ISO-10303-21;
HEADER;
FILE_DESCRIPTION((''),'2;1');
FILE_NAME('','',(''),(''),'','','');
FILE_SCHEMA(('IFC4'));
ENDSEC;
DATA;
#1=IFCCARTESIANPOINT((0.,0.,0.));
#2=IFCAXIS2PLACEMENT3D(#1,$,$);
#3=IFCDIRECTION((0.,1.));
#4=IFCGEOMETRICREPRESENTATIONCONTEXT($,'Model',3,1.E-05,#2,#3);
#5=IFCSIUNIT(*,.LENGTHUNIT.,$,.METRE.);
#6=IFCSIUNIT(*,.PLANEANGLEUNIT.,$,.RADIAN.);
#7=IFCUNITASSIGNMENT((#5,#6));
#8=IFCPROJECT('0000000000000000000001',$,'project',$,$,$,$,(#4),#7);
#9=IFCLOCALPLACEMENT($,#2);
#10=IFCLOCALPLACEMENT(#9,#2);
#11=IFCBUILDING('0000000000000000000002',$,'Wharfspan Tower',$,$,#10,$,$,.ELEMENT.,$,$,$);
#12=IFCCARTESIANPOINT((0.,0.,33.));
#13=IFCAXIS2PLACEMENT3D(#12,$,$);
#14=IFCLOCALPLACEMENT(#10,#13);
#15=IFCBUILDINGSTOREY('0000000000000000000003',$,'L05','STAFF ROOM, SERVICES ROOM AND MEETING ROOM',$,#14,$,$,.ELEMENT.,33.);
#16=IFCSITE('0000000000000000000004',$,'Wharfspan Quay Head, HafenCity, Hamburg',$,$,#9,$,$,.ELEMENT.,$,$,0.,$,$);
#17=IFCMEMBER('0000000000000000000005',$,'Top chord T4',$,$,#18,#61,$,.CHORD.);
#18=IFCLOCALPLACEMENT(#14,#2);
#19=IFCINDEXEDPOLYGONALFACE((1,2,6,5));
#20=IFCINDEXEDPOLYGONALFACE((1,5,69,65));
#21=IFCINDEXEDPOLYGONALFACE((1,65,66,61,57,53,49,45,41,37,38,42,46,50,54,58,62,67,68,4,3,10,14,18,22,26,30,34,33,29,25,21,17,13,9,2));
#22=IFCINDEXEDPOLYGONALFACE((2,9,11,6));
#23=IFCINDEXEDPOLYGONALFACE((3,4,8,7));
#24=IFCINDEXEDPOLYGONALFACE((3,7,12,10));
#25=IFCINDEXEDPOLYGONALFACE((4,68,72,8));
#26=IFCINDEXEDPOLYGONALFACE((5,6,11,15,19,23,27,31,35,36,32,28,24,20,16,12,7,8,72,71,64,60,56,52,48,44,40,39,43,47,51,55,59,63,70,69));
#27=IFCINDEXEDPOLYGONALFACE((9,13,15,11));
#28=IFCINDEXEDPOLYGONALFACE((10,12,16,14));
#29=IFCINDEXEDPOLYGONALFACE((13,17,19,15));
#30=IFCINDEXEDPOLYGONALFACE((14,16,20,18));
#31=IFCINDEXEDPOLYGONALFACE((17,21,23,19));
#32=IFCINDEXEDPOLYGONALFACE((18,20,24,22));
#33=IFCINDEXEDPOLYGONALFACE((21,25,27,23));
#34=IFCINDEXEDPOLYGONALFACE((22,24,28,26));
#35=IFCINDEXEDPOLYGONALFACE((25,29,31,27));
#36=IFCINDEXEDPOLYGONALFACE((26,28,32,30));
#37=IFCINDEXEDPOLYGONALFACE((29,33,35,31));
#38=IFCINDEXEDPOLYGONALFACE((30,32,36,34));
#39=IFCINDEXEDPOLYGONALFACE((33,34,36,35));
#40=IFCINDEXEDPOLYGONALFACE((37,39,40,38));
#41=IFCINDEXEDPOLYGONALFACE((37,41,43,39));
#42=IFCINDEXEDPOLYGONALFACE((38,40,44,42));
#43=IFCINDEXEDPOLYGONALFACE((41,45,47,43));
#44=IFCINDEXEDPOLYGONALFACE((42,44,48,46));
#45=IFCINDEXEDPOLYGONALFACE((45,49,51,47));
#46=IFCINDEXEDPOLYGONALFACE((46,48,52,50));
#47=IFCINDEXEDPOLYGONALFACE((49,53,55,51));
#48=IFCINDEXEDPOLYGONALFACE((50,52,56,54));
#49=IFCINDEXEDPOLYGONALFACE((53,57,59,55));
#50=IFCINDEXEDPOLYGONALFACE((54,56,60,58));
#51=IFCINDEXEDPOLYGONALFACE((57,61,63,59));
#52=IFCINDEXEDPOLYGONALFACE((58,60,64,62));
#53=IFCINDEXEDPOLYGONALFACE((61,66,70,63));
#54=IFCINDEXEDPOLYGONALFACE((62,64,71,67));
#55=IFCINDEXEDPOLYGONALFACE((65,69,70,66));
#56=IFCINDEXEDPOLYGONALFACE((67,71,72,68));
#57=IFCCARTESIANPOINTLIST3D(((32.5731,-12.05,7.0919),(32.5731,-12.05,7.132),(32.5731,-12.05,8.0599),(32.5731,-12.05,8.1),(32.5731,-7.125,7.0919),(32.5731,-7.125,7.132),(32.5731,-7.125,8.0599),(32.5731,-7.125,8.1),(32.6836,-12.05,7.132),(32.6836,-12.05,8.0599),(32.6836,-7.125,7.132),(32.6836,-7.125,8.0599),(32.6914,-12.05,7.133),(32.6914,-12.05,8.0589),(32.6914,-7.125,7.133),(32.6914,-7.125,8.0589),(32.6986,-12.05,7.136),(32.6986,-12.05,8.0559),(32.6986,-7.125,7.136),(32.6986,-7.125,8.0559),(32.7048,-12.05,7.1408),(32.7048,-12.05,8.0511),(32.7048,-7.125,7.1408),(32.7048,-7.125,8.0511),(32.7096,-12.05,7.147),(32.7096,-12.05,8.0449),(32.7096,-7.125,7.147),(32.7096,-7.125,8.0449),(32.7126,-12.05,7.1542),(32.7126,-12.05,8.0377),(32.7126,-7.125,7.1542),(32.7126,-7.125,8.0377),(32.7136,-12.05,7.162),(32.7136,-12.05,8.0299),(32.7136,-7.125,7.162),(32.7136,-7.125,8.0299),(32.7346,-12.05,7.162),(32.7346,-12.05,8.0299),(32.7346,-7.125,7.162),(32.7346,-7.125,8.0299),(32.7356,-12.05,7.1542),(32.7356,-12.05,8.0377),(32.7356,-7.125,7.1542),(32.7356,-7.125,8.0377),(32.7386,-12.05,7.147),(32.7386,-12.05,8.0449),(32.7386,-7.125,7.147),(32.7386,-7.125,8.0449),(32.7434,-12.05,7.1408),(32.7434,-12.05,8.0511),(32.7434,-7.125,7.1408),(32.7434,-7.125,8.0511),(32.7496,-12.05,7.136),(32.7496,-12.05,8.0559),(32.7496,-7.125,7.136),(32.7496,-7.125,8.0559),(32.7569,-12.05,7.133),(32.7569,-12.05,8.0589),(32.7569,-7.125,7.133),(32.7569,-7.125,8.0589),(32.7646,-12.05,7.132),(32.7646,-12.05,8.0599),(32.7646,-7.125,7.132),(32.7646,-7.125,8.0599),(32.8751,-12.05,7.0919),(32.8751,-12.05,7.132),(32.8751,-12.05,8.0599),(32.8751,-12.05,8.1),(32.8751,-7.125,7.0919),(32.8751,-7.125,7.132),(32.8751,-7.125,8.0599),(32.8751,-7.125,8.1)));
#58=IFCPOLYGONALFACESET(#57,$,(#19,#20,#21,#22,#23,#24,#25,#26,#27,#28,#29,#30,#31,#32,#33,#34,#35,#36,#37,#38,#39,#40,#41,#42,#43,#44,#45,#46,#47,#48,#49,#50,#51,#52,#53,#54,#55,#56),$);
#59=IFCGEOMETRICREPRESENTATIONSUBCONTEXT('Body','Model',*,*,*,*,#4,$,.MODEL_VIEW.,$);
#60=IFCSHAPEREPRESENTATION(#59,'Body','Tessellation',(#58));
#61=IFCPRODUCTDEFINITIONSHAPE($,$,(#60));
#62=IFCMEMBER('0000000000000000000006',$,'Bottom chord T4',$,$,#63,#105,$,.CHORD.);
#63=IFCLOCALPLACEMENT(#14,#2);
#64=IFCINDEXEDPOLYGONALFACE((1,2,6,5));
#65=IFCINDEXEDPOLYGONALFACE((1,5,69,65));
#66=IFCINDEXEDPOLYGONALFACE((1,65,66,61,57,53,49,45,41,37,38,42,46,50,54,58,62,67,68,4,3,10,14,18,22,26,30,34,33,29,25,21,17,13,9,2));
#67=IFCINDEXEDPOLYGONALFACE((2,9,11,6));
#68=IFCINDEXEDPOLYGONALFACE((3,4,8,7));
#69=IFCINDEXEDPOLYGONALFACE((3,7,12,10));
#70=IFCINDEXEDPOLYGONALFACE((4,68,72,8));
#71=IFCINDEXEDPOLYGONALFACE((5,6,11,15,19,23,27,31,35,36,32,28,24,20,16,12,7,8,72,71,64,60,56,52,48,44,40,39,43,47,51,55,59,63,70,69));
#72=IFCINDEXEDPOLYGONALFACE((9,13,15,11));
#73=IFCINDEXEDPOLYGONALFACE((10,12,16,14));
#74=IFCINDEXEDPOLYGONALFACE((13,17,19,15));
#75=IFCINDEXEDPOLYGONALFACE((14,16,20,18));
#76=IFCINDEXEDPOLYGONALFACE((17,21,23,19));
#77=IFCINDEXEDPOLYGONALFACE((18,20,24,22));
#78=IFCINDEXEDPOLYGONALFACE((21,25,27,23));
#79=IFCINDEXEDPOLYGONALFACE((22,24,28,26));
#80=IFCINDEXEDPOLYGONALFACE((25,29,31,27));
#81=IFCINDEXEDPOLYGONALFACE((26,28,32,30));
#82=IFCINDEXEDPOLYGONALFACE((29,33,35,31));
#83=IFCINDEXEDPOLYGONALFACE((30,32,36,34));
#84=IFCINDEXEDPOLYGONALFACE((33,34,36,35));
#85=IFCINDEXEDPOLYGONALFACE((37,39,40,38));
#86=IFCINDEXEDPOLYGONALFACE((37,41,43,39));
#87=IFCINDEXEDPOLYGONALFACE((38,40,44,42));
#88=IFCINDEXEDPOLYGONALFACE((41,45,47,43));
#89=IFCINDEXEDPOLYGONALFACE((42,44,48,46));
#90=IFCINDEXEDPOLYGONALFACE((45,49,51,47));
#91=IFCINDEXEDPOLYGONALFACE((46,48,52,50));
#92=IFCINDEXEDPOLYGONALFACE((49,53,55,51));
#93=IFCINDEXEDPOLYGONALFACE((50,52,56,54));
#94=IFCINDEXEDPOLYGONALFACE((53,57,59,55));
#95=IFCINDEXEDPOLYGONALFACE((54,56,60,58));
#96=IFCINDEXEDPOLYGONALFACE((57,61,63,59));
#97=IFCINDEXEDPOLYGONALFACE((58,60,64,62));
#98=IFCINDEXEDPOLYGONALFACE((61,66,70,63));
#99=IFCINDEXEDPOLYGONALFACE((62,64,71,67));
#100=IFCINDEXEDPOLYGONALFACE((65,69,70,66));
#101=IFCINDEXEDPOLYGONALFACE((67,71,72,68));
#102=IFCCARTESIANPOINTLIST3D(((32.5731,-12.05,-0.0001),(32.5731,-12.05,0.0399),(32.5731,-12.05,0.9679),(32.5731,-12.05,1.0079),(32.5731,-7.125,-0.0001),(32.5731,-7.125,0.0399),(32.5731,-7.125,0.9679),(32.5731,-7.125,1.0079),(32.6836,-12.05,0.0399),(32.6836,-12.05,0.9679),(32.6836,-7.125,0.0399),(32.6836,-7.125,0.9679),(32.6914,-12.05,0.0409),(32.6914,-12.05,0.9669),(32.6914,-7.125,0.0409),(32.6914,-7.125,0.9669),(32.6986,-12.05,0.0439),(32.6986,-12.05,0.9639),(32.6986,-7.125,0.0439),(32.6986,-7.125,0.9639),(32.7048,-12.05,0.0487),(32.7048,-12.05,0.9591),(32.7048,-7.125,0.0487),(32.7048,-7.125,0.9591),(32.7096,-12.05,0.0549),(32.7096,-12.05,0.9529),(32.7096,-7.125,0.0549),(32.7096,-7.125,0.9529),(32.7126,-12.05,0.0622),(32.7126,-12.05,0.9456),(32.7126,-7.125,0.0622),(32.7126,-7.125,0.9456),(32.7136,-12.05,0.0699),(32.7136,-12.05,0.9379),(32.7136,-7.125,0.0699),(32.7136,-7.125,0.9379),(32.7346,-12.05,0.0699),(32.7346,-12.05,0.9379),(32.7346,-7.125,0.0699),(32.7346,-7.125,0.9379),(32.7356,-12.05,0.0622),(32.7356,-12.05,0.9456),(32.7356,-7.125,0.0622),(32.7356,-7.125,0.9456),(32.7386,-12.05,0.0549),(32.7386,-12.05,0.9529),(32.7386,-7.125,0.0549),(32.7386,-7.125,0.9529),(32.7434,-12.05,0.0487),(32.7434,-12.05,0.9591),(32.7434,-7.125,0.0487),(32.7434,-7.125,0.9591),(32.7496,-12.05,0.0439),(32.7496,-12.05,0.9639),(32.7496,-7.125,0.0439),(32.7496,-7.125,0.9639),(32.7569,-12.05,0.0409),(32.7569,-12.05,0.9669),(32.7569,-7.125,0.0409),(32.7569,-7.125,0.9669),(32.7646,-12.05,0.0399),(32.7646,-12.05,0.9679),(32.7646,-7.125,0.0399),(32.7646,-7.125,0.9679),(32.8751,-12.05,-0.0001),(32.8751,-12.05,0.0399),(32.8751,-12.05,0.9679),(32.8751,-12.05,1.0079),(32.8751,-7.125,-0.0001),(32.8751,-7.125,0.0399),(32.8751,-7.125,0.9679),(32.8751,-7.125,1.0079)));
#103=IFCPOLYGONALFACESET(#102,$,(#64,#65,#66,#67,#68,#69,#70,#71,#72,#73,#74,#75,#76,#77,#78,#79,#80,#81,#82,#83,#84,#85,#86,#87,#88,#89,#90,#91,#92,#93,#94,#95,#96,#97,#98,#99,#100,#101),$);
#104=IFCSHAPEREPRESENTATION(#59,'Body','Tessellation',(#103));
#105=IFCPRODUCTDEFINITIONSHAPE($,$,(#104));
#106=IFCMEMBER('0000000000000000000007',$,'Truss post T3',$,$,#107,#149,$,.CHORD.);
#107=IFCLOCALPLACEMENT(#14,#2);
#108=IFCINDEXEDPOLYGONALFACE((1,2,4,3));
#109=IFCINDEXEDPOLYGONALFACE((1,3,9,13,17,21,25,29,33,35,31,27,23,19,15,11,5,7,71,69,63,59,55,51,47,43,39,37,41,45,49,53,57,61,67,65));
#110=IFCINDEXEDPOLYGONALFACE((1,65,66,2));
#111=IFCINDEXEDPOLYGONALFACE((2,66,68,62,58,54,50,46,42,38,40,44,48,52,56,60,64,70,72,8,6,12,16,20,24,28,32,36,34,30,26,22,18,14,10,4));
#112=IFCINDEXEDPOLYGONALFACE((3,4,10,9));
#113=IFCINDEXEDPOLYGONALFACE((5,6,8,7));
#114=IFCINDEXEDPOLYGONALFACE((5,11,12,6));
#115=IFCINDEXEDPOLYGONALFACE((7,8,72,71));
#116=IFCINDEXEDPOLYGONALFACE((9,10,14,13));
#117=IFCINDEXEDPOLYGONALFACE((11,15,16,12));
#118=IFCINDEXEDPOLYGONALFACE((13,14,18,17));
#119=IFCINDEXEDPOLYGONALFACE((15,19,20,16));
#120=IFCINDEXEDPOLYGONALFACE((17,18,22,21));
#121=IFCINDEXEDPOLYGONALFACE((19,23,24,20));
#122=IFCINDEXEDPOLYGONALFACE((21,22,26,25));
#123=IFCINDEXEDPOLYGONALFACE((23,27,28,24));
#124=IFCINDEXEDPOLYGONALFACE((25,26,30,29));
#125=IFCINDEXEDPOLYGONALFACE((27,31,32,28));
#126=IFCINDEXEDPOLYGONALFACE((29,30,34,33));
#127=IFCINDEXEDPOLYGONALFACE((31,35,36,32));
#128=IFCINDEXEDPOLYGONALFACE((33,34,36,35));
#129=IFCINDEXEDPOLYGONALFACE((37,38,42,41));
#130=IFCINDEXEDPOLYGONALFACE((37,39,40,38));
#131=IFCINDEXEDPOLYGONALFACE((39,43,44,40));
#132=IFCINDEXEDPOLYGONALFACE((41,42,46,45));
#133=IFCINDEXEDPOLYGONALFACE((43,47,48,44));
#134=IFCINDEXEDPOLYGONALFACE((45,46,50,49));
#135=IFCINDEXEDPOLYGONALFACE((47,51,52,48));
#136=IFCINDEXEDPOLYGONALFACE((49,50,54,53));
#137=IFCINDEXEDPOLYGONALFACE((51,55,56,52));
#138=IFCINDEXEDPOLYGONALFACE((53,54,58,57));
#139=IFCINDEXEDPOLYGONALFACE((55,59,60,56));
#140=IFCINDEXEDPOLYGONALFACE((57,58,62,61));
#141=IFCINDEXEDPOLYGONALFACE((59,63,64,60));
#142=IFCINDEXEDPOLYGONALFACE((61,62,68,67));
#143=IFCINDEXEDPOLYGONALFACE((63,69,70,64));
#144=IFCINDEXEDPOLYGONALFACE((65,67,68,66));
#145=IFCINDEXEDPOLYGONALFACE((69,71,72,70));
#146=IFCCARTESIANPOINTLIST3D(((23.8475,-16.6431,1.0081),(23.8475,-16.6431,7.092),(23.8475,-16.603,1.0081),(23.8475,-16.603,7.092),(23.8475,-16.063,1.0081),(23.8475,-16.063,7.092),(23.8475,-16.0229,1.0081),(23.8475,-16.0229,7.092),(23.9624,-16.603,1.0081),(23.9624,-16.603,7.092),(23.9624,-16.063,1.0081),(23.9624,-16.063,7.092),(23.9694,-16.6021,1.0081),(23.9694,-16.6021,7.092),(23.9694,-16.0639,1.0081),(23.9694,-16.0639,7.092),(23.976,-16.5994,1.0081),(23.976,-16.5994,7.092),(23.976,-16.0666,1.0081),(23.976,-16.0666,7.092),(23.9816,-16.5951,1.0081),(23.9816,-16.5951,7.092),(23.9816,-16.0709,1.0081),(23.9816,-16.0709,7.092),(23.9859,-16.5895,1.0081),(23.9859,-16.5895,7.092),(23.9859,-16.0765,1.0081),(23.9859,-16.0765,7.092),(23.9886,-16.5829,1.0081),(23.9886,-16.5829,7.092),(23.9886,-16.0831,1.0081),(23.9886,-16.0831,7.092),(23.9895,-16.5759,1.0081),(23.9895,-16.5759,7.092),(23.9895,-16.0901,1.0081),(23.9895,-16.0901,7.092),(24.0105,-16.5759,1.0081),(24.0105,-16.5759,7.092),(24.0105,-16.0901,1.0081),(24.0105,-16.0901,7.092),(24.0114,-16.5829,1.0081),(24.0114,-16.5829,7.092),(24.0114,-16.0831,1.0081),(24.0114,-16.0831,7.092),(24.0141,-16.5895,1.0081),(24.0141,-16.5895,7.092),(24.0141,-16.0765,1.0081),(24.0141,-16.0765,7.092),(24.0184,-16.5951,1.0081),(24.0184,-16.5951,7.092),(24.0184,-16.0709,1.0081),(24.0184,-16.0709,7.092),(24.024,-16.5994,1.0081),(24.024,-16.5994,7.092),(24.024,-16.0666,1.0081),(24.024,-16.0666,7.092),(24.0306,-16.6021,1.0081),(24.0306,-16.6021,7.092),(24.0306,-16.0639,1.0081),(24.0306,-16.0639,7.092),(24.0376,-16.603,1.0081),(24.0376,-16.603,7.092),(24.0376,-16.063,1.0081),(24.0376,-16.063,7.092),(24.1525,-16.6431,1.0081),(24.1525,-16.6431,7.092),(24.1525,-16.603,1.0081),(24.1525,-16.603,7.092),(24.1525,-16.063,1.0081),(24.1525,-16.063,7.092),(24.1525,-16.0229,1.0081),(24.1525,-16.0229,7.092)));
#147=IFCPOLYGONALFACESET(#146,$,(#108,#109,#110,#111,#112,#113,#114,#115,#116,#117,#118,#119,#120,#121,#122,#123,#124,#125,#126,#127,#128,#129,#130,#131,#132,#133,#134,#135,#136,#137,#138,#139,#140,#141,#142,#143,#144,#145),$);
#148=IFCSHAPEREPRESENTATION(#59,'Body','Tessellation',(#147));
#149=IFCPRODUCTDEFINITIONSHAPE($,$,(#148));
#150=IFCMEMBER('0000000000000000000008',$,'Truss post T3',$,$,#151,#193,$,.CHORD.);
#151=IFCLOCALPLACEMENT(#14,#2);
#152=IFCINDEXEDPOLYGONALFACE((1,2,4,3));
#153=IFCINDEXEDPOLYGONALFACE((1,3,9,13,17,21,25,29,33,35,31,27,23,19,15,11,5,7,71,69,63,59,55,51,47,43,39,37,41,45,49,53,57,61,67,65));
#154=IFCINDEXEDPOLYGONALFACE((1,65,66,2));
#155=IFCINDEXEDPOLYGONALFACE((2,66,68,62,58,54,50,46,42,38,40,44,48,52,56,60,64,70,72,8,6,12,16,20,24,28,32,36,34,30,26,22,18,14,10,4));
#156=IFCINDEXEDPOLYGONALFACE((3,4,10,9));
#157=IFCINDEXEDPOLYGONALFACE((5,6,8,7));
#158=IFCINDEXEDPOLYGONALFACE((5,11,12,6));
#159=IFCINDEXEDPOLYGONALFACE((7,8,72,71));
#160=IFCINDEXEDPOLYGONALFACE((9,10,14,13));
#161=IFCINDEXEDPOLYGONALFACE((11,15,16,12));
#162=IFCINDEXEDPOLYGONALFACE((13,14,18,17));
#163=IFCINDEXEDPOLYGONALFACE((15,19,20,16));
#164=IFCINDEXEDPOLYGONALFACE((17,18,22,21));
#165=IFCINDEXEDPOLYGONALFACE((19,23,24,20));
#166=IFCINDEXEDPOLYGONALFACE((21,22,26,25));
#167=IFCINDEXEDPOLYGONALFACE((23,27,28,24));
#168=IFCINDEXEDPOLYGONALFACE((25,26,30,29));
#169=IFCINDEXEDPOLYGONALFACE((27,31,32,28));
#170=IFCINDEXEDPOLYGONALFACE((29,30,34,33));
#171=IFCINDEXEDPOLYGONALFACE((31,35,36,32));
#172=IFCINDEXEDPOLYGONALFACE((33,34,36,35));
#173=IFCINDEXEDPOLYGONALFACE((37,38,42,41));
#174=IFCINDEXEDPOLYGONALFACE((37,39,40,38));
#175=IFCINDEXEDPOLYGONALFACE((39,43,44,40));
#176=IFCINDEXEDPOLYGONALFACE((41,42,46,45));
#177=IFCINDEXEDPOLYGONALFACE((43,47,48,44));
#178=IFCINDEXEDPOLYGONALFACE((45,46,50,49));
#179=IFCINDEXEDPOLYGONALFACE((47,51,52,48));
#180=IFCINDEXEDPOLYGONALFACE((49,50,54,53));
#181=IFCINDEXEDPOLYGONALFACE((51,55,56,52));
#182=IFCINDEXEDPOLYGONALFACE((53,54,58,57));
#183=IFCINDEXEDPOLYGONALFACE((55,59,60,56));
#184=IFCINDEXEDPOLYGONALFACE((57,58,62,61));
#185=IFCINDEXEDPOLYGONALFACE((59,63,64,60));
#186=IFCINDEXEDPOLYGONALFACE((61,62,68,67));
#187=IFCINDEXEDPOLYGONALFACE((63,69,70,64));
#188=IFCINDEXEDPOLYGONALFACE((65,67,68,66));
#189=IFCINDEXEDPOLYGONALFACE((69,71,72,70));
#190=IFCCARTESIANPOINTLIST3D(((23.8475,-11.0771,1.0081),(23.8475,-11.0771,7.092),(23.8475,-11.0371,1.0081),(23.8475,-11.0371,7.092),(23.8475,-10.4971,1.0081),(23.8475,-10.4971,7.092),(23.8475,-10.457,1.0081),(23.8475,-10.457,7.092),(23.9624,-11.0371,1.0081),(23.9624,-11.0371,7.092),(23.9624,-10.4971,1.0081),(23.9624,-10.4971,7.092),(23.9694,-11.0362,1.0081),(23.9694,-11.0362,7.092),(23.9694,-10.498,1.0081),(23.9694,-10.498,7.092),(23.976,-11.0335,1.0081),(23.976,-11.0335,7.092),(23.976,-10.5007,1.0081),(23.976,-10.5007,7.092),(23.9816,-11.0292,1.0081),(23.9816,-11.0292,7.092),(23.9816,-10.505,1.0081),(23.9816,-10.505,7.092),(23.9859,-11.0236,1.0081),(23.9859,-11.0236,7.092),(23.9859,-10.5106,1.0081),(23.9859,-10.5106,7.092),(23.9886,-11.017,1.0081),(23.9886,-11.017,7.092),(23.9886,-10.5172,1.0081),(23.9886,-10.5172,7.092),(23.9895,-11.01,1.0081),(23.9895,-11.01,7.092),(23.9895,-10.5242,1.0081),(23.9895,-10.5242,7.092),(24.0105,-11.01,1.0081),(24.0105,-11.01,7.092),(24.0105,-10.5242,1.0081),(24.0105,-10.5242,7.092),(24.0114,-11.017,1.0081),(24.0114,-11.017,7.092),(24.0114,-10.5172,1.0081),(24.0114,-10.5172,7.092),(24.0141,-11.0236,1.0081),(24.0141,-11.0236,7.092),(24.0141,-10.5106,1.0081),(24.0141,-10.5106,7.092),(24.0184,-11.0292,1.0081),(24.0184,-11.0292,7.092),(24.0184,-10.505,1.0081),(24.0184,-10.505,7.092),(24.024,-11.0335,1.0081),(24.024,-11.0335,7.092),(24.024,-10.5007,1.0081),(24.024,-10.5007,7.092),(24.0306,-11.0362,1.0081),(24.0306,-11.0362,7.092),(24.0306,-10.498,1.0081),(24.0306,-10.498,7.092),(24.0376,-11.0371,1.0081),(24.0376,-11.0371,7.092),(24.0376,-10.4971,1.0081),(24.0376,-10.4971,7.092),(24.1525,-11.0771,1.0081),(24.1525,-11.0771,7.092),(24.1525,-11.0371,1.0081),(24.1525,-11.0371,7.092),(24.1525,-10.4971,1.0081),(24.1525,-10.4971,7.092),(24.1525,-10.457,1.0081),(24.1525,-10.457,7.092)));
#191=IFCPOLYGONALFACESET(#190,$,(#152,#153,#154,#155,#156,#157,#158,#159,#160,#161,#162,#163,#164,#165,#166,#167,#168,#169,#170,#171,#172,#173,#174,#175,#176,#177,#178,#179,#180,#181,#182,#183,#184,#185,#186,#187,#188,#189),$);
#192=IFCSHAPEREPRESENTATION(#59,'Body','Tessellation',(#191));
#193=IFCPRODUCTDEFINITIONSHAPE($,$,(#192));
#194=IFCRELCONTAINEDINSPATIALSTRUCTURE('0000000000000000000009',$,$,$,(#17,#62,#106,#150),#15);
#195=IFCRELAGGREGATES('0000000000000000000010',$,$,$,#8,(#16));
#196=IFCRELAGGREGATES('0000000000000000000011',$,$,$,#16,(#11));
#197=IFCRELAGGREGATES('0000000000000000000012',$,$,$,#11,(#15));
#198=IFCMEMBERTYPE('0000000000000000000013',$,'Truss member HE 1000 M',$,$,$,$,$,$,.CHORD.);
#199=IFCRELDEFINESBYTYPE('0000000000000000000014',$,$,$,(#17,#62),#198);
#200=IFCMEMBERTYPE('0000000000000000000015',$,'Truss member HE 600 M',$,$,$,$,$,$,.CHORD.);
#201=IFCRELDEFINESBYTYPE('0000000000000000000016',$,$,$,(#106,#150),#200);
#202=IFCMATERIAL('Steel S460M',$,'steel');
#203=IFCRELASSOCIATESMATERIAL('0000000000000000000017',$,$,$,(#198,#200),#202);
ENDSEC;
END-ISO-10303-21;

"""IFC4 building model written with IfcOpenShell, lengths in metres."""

from ifc_helpers import new_model, si_unit, direction, frame, origin, origin_2d, place, context, subcontext, project, spatial, i_section, extrude, material, material_profile, profile_set, type_object, element, save


model = new_model("IFC4")

# Units and contexts
model_context = context("Model", 3, precision=1e-05, world=origin(), true_north=direction((0.0, 1.0)))
body_context = subcontext(model_context, "Body", "Model", "MODEL_VIEW")
ifc_project = project(units=[si_unit("LENGTHUNIT", "METRE"), si_unit("PLANEANGLEUNIT", "RADIAN")], contexts=[model_context])

# Site, building, storey
site_placement = place(None, origin())
site = spatial("IfcSite", under=ifc_project, at=site_placement, Name="Wharfspan Quay Head, HafenCity, Hamburg", CompositionType="ELEMENT", RefElevation=0.0)
building_placement = place(site_placement, origin())
building = spatial("IfcBuilding", under=site, at=building_placement, Name="Wharfspan Tower", CompositionType="ELEMENT")
storey_placement = place(building_placement, frame((0.0, 0.0, 33.0)))
storey = spatial("IfcBuildingStorey", under=building, at=storey_placement, Name="L05", Description="STAFF ROOM, SERVICES ROOM AND MEETING ROOM", CompositionType="ELEMENT", Elevation=33.0)

# Members
ifc_material_1 = material(Name="Steel S460M", Category="steel")
ifc_material_profile_1 = material_profile(ifc_material_1, i_section(OverallWidth=0.302, OverallDepth=1.0081, WebThickness=0.021, FlangeThickness=0.04, FilletRadius=0.03, at=origin_2d()))
ifc_profile_set_1 = profile_set([ifc_material_profile_1], Name="Steel S460M")
member_type_1 = type_object("IfcMemberType", Name="Truss member HE 1000 M", PredefinedType="CHORD", material=ifc_profile_set_1)
for number, where, z_axis, x_axis, name in (
    (1, (32.7241, -12.05, 7.5959), (0.0, 1.0, 0.0), (-1.0, 0.0, 0.0), "Top chord T4"),
    (2, (32.7241, -12.05, 0.5039), (0.0, 1.0, 0.0), (-1.0, 0.0, 0.0), "Bottom chord T4"),
):
    element("IfcMember", number, at=place(storey_placement, frame(where, z_axis=z_axis, x_axis=x_axis)), inside=storey, type_object=member_type_1, Name=name, PredefinedType="CHORD", context=body_context, shape_type="SweptSolid", body=[
        extrude(i_section(OverallWidth=0.302, OverallDepth=1.0081, WebThickness=0.021, FlangeThickness=0.04, FilletRadius=0.03, at=origin_2d()), origin(), (0.0, 0.0, 1.0), 4.925),
    ])
ifc_material_profile_2 = material_profile(ifc_material_1, i_section(OverallWidth=0.3049, OverallDepth=0.6201, WebThickness=0.021, FlangeThickness=0.04, FilletRadius=0.0271, at=origin_2d()))
ifc_profile_set_2 = profile_set([ifc_material_profile_2], Name="Steel S460M")
member_type_2 = type_object("IfcMemberType", Name="Truss member HE 600 M", PredefinedType="CHORD", material=ifc_profile_set_2)
for number, where, z_axis, x_axis, name in (
    (3, (24.0, -16.333, 1.0081), (0.0, 0.0, 1.0), (1.0, 0.0, 0.0), "Truss post T3"),
    (4, (24.0, -10.7671, 1.0081), (0.0, 0.0, 1.0), (1.0, 0.0, 0.0), "Truss post T3"),
):
    element("IfcMember", number, at=place(storey_placement, frame(where, z_axis=z_axis, x_axis=x_axis)), inside=storey, type_object=member_type_2, Name=name, PredefinedType="CHORD", context=body_context, shape_type="SweptSolid", body=[
        extrude(i_section(OverallWidth=0.3049, OverallDepth=0.6201, WebThickness=0.021, FlangeThickness=0.04, FilletRadius=0.0271, at=origin_2d()), origin(), (0.0, 0.0, 1.0), 6.084),
    ])

save(model, "model.ifc")
